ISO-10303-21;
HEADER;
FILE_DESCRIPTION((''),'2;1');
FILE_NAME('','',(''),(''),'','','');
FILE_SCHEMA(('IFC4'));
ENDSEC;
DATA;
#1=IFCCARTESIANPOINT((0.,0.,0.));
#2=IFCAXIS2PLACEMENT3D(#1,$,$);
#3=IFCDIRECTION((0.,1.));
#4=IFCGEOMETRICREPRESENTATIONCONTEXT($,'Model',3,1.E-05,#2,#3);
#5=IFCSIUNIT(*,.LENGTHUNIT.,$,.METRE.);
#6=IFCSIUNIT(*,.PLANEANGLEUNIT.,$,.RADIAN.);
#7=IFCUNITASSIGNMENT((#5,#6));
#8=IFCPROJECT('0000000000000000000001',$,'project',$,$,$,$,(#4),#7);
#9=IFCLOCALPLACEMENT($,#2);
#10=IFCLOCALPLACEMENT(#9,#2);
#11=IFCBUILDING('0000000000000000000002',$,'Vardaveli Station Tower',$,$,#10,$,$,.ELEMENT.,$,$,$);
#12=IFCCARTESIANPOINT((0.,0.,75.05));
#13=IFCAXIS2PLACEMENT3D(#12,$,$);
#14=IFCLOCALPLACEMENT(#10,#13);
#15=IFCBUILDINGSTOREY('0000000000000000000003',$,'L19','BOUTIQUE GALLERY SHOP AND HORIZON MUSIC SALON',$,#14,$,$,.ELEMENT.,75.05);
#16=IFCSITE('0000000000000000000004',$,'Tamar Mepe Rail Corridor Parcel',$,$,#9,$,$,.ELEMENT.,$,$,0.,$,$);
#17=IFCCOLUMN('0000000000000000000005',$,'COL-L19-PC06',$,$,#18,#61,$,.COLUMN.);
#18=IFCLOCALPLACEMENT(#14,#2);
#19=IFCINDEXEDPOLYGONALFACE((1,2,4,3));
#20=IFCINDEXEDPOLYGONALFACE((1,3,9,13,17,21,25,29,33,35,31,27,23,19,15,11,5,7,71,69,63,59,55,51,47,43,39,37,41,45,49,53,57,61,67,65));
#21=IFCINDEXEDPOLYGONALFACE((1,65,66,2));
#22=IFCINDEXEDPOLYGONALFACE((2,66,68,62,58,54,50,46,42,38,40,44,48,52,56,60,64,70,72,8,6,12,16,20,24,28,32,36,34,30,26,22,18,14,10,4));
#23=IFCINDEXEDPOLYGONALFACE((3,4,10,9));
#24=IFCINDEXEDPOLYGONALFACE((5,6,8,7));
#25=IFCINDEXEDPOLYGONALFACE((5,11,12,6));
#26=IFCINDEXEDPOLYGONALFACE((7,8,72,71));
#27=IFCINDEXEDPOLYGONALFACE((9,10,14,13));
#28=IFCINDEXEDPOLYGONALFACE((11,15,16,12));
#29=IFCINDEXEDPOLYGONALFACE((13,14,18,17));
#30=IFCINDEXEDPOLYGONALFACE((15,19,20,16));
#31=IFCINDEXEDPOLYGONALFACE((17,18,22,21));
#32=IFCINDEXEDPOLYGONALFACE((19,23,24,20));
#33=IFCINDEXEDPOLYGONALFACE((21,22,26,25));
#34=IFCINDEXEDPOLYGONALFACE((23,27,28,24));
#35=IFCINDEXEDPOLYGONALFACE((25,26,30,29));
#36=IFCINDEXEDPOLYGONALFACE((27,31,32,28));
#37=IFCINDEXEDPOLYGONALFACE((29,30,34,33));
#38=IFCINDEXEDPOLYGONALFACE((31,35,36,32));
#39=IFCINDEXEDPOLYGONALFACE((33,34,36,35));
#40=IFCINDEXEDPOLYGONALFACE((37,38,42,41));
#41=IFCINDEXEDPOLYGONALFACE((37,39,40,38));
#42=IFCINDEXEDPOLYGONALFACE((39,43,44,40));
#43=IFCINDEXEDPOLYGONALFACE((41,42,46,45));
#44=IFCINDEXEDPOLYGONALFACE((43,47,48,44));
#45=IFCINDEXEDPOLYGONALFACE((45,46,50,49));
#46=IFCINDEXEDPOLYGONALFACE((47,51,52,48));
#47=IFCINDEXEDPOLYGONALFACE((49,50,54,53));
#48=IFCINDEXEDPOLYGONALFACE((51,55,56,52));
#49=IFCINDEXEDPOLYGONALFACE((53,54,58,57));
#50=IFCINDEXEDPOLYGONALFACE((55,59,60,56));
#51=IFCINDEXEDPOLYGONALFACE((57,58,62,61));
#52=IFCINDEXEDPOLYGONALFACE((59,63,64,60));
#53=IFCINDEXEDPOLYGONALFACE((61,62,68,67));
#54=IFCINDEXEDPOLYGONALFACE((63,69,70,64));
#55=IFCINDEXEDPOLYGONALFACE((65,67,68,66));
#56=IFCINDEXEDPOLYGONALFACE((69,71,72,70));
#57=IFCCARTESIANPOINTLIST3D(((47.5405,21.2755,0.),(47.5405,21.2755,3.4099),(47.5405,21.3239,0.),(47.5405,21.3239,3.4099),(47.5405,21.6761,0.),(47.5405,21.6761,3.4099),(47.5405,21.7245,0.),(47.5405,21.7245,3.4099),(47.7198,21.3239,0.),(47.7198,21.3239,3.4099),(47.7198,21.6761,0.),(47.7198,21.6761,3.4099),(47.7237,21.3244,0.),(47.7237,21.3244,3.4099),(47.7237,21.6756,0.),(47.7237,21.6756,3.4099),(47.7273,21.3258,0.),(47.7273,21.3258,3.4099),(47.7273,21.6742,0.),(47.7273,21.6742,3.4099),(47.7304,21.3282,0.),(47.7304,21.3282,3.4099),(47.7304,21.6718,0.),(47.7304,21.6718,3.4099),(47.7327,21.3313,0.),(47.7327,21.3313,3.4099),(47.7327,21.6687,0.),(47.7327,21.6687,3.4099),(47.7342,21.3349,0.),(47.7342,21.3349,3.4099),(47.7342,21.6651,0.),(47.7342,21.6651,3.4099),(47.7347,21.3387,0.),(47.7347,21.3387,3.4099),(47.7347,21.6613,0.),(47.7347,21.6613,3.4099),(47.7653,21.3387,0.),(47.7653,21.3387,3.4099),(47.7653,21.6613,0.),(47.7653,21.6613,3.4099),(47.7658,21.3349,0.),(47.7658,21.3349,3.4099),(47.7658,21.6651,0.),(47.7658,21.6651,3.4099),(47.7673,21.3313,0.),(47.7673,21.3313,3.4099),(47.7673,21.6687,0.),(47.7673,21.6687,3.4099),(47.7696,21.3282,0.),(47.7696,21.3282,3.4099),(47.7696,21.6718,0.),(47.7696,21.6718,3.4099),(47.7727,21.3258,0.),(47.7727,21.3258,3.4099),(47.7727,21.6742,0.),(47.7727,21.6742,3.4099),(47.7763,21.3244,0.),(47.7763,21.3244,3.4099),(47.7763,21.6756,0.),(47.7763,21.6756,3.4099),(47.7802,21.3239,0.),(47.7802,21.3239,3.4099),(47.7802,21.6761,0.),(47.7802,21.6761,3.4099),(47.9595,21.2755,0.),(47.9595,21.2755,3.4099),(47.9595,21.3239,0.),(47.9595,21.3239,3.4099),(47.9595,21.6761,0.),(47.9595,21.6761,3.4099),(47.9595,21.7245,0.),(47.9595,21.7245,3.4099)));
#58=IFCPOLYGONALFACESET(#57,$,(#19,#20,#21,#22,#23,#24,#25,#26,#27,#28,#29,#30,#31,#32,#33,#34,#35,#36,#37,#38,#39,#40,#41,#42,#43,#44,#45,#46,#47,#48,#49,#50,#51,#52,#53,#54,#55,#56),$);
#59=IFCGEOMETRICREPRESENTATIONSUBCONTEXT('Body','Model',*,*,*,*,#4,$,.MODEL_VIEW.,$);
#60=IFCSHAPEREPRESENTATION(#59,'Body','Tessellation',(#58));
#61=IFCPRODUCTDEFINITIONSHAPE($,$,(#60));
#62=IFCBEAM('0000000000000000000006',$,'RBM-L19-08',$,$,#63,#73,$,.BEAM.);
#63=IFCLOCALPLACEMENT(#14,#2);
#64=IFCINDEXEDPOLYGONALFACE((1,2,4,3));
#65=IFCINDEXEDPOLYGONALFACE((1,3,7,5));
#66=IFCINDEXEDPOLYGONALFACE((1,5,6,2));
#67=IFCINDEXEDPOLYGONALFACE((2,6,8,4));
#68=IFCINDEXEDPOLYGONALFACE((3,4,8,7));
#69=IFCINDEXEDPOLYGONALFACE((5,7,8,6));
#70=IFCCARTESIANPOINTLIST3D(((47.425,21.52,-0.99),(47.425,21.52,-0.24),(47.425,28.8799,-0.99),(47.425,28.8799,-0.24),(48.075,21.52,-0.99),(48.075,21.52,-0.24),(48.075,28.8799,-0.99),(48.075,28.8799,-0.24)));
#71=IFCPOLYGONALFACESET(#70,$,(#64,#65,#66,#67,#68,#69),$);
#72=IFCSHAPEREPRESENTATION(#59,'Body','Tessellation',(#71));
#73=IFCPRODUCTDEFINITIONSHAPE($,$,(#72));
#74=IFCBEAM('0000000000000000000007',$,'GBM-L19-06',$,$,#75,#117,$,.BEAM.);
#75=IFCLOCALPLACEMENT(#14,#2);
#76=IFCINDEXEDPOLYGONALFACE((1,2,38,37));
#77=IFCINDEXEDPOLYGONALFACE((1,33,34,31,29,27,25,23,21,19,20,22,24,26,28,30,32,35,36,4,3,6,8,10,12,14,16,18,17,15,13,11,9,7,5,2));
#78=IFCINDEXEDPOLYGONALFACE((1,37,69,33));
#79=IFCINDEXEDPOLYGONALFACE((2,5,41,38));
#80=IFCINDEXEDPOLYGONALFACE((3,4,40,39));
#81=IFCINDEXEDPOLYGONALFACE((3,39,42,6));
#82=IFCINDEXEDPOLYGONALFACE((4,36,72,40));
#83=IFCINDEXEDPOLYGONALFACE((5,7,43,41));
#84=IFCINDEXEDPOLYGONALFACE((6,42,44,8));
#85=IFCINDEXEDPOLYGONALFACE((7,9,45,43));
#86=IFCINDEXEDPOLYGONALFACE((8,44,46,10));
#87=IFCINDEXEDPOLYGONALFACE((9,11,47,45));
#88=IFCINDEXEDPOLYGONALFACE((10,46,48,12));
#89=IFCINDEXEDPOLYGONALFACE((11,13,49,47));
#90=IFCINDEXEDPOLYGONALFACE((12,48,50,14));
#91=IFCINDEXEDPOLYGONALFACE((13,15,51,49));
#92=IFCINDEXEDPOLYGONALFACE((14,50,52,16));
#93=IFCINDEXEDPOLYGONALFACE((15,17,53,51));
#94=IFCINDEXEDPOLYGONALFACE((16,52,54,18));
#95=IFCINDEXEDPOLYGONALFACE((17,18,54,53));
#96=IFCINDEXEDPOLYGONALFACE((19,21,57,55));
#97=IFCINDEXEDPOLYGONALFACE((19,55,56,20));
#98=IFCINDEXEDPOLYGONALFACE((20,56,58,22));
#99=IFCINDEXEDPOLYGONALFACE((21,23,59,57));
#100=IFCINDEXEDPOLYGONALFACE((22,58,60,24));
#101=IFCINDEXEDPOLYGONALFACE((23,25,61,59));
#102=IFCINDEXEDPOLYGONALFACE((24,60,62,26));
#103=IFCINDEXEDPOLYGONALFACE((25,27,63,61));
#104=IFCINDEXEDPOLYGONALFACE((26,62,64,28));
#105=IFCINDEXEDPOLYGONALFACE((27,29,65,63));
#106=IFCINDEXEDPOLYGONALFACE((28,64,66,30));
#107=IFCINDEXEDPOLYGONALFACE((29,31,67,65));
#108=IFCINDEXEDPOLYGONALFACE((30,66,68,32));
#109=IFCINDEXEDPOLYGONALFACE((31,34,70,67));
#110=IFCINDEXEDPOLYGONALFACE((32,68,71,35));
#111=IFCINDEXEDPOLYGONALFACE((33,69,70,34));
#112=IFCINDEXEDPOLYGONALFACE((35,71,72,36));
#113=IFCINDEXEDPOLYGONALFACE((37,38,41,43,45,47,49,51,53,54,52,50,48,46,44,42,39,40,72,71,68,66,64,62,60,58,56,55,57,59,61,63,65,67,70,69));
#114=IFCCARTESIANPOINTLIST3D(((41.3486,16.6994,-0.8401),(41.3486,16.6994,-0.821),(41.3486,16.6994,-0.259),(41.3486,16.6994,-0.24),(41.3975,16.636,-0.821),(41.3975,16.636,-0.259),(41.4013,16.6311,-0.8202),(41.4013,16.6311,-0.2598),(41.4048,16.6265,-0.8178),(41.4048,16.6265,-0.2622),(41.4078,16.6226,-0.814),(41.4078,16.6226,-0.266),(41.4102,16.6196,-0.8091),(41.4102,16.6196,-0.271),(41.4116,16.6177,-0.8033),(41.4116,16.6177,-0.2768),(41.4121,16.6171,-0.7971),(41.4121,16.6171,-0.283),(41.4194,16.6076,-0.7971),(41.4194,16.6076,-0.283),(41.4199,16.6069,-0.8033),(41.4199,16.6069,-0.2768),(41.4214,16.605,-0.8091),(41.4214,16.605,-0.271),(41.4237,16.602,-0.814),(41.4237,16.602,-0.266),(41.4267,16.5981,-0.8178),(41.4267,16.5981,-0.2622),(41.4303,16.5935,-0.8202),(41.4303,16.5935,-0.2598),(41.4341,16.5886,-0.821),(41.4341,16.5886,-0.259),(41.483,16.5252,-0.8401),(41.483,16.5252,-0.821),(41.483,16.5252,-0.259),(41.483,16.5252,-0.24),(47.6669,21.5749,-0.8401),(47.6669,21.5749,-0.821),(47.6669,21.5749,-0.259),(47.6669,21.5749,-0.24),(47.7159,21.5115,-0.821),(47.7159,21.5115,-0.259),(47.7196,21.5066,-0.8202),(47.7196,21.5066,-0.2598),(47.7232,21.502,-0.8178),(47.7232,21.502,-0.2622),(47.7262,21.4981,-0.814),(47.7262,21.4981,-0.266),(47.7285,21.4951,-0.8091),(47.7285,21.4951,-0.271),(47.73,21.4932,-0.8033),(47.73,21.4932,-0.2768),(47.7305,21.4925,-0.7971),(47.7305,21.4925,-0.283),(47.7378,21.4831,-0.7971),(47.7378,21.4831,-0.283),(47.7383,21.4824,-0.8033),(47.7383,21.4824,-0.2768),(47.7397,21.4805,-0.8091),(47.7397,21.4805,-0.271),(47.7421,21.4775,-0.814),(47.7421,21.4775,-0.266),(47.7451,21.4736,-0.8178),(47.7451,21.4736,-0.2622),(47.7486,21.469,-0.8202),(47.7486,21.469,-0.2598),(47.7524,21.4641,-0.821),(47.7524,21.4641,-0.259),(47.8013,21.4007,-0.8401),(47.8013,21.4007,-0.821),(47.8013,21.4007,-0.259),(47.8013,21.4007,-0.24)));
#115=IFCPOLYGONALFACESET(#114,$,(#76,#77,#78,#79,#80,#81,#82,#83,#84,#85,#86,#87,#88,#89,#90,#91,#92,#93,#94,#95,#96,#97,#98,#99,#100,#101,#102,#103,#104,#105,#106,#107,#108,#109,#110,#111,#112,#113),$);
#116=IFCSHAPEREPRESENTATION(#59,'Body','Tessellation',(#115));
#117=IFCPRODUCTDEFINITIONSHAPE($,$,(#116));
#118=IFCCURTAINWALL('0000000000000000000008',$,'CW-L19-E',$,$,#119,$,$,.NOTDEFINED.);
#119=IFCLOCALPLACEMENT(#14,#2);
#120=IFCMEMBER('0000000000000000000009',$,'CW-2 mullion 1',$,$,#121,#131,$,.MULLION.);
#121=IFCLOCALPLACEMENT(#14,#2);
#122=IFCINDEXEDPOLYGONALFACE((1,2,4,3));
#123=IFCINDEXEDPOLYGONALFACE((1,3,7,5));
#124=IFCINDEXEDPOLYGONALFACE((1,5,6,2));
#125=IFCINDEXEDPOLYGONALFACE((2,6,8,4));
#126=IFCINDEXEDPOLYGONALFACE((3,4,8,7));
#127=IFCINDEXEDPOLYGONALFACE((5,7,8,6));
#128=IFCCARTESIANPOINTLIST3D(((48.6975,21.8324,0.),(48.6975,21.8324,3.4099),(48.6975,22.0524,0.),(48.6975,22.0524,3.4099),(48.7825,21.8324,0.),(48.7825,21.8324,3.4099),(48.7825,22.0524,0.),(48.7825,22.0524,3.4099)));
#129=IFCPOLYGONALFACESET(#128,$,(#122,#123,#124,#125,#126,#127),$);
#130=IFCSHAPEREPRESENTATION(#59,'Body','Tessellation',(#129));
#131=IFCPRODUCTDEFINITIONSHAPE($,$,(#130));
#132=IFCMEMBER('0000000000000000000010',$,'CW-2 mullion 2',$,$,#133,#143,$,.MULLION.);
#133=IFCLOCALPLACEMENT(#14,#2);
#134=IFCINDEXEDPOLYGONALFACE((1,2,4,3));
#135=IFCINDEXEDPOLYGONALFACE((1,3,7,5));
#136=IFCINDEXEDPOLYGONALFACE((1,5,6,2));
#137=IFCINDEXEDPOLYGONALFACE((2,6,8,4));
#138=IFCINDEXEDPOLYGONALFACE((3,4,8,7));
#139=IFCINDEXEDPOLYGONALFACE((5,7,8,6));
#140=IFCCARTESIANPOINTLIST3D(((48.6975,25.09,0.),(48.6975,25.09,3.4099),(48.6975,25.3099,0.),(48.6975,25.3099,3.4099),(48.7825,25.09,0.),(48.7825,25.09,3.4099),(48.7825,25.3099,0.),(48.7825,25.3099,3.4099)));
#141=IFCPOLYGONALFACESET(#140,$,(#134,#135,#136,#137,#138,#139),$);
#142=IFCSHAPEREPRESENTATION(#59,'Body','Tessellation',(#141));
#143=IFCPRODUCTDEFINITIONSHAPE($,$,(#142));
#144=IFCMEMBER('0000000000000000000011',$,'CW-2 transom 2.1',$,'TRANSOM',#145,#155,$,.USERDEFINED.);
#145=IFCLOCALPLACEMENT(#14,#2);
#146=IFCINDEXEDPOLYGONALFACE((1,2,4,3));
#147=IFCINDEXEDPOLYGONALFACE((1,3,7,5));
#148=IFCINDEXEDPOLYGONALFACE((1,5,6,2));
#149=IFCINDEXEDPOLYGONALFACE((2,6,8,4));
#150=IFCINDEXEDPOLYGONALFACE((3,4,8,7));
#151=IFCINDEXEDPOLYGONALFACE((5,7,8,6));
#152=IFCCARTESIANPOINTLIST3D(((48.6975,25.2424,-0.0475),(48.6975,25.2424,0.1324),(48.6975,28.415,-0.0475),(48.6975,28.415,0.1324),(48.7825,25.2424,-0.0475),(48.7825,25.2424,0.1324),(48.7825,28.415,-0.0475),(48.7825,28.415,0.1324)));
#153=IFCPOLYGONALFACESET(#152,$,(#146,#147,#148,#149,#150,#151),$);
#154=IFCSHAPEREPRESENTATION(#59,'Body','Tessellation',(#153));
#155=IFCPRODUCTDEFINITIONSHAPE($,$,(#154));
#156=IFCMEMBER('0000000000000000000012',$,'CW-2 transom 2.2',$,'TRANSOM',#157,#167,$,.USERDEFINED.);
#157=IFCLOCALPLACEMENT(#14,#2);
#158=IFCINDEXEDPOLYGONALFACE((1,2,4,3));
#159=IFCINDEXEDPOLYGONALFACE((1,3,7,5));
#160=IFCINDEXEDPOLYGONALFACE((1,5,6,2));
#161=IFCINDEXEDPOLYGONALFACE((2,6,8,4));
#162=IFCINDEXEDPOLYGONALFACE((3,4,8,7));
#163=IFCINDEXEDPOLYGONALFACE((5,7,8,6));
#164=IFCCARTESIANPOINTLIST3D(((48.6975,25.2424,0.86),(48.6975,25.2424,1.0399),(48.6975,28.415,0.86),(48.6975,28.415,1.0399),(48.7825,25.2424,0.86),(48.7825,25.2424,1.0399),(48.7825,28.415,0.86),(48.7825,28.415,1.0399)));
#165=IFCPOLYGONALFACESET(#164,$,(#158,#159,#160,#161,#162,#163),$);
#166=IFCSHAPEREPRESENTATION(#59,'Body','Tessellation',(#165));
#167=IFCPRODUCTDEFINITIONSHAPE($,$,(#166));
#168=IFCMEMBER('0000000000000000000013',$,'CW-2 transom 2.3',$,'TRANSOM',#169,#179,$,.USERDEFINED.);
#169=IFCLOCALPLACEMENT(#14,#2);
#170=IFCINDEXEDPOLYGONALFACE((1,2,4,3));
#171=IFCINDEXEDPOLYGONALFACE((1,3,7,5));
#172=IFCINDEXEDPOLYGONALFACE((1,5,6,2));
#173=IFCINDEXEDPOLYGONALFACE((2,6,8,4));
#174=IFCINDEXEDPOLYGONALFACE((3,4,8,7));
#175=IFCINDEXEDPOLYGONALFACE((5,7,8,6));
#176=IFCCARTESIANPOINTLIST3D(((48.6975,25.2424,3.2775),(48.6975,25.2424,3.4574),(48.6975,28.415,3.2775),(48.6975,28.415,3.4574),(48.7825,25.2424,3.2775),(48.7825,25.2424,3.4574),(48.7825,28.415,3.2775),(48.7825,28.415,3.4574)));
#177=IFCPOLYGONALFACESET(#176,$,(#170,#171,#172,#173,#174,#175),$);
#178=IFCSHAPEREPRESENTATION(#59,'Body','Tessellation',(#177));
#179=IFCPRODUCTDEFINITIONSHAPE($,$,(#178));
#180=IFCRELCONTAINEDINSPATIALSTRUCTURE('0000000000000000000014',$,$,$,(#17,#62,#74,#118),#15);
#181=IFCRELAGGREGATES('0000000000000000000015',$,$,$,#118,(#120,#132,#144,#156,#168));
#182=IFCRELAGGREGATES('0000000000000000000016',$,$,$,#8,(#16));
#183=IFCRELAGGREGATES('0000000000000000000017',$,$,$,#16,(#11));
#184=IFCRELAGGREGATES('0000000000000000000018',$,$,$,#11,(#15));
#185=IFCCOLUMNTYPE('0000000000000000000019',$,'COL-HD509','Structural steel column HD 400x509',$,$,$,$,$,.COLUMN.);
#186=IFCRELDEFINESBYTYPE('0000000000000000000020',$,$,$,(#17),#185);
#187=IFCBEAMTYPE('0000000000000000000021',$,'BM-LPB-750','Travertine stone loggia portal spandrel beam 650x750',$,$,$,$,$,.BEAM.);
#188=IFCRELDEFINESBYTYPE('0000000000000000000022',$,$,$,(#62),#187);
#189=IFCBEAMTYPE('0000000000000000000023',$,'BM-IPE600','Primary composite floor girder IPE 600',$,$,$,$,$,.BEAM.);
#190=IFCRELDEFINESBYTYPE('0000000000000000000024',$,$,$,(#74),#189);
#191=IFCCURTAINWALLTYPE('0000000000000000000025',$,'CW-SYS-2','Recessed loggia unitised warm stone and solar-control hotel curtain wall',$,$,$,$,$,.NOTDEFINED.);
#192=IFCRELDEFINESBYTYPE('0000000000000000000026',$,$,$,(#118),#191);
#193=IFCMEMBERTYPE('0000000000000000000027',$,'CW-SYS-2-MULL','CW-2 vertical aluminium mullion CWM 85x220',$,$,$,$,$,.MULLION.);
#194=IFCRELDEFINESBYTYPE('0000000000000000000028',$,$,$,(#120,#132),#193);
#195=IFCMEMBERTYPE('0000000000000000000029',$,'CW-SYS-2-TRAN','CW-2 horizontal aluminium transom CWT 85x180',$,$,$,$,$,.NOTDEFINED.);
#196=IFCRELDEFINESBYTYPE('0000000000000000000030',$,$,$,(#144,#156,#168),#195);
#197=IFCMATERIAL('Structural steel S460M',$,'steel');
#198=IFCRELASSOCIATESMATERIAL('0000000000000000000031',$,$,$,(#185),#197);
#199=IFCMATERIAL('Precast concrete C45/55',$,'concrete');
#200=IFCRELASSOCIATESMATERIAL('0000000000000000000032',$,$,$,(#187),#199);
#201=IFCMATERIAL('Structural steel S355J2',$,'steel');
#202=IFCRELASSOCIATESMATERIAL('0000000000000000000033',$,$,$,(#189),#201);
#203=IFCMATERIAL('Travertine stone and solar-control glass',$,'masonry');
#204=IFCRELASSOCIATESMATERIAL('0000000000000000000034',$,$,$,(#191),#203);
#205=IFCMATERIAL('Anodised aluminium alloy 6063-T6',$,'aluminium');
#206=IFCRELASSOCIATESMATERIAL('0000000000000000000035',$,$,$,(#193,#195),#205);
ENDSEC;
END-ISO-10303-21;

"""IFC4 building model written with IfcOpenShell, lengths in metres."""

from ifc_helpers import new_model, si_unit, direction, frame, origin, origin_2d, place, context, subcontext, project, spatial, rectangle, i_section, extrude, source, transform, mapped, material, material_profile, profile_set, type_object, element, aggregate, save


model = new_model("IFC4")

# Units and contexts
model_context = context("Model", 3, precision=1e-05, world=origin(), true_north=direction((0.0, 1.0)))
body_context = subcontext(model_context, "Body", "Model", "MODEL_VIEW")
ifc_project = project(units=[si_unit("LENGTHUNIT", "METRE"), si_unit("PLANEANGLEUNIT", "RADIAN")], contexts=[model_context])

# Site, building, storey
site_placement = place(None, origin())
site = spatial("IfcSite", under=ifc_project, at=site_placement, Name="Tamar Mepe Rail Corridor Parcel", CompositionType="ELEMENT", RefElevation=0.0)
building_placement = place(site_placement, origin())
building = spatial("IfcBuilding", under=site, at=building_placement, Name="Vardaveli Station Tower", CompositionType="ELEMENT")
storey_placement = place(building_placement, frame((0.0, 0.0, 75.05)))
storey = spatial("IfcBuildingStorey", under=building, at=storey_placement, Name="L19", Description="BOUTIQUE GALLERY SHOP AND HORIZON MUSIC SALON", CompositionType="ELEMENT", Elevation=75.05)

# Column
ifc_material_1 = material(Name="Structural steel S460M", Category="steel")
ifc_material_profile_1 = material_profile(ifc_material_1, i_section(OverallWidth=0.4189, OverallDepth=0.449, WebThickness=0.0305, FlangeThickness=0.0483, FilletRadius=0.0149, at=origin_2d()), Name="HD 400x509")
ifc_profile_set_1 = profile_set([ifc_material_profile_1], Name="Structural steel S460M")
column_type = type_object("IfcColumnType", Name="COL-HD509", Description="Structural steel column HD 400x509", PredefinedType="COLUMN", material=ifc_profile_set_1)
shared_shape_1 = source(origin(), body_context, "Body", "SweptSolid", [
    extrude(i_section(OverallWidth=0.4189, OverallDepth=0.449, WebThickness=0.0305, FlangeThickness=0.0483, FilletRadius=0.0149, at=origin_2d()), origin(), (0.0, 0.0, 1.0), 3.4099),
])
column_placement = place(storey_placement, frame((47.75, 21.5, 0.0), z_axis=(0.0, 0.0, 1.0), x_axis=(1.0, 0.0, 0.0)))
element("IfcColumn", 1, at=column_placement, inside=storey, type_object=column_type, Name="COL-L19-PC06", PredefinedType="COLUMN", context=body_context, shape_type="MappedRepresentation", body=[
    mapped(shared_shape_1, transform((0.0, 0.0, 0.0), scale=1.0)),
])

# Beams
ifc_material_2 = material(Name="Precast concrete C45/55", Category="concrete")
ifc_material_profile_2 = material_profile(ifc_material_2, rectangle(XDim=0.6499, YDim=0.75, at=origin_2d()), Name="LPB 650x750")
ifc_profile_set_2 = profile_set([ifc_material_profile_2], Name="Precast concrete C45/55")
beam_type_1 = type_object("IfcBeamType", Name="BM-LPB-750", Description="Travertine stone loggia portal spandrel beam 650x750", PredefinedType="BEAM", material=ifc_profile_set_2)
shared_shape_2 = source(origin(), body_context, "Body", "SweptSolid", [
    extrude(rectangle(XDim=0.6499, YDim=0.75, at=origin_2d()), origin(), (0.0, 0.0, 1.0), 7.3599),
])
beam_1_placement = place(storey_placement, frame((47.75, 21.52, -0.615), z_axis=(0.0, 1.0, 0.0), x_axis=(-1.0, 0.0, 0.0)))
element("IfcBeam", 2, at=beam_1_placement, inside=storey, type_object=beam_type_1, Name="RBM-L19-08", PredefinedType="BEAM", context=body_context, shape_type="MappedRepresentation", body=[
    mapped(shared_shape_2, transform((0.0, 0.0, 0.0), scale=1.0)),
])
ifc_material_3 = material(Name="Structural steel S355J2", Category="steel")
ifc_material_profile_3 = material_profile(ifc_material_3, i_section(OverallWidth=0.22, OverallDepth=0.6001, WebThickness=0.012, FlangeThickness=0.019, FilletRadius=0.0239, at=origin_2d()), Name="IPE 600")
ifc_profile_set_3 = profile_set([ifc_material_profile_3], Name="Structural steel S355J2")
beam_type_2 = type_object("IfcBeamType", Name="BM-IPE600", Description="Primary composite floor girder IPE 600", PredefinedType="BEAM", material=ifc_profile_set_3)
shared_shape_3 = source(origin(), body_context, "Body", "SweptSolid", [
    extrude(i_section(OverallWidth=0.22, OverallDepth=0.6001, WebThickness=0.012, FlangeThickness=0.019, FilletRadius=0.0239, at=origin_2d()), origin(), (0.0, 0.0, 1.0), 7.9807),
])
beam_2_placement = place(storey_placement, frame((47.7341, 21.4878, -0.54), z_axis=(-0.791702, -0.610908, 0.0), x_axis=(0.610908, -0.791702, 0.0)))
element("IfcBeam", 3, at=beam_2_placement, inside=storey, type_object=beam_type_2, Name="GBM-L19-06", PredefinedType="BEAM", context=body_context, shape_type="MappedRepresentation", body=[
    mapped(shared_shape_3, transform((0.0, 0.0, 0.0), scale=1.0)),
])

# Curtain wall, members
ifc_material_4 = material(Name="Travertine stone and solar-control glass", Category="masonry")
curtain_wall_type = type_object("IfcCurtainWallType", Name="CW-SYS-2", Description="Recessed loggia unitised warm stone and solar-control hotel curtain wall", PredefinedType="NOTDEFINED", material=ifc_material_4)
curtain_wall_placement = place(storey_placement, origin())
curtain_wall = element("IfcCurtainWall", 4, at=curtain_wall_placement, inside=storey, type_object=curtain_wall_type, Name="CW-L19-E", PredefinedType="NOTDEFINED")
ifc_material_5 = material(Name="Anodised aluminium alloy 6063-T6", Category="aluminium")
ifc_material_profile_4 = material_profile(ifc_material_5, rectangle(XDim=0.085, YDim=0.22, at=origin_2d()), Name="CWM 85x220")
ifc_profile_set_4 = profile_set([ifc_material_profile_4], Name="Anodised aluminium alloy 6063-T6")
member_type_1 = type_object("IfcMemberType", Name="CW-SYS-2-MULL", Description="CW-2 vertical aluminium mullion CWM 85x220", PredefinedType="MULLION", material=ifc_profile_set_4)
shared_shape_4 = source(origin(), body_context, "Body", "SweptSolid", [
    extrude(rectangle(XDim=0.085, YDim=0.22, at=origin_2d()), origin(), (0.0, 0.0, 1.0), 3.4099),
])
member_1_placement = place(storey_placement, frame((48.74, 21.9424, 0.0), z_axis=(0.0, 0.0, 1.0), x_axis=(-1.0, 0.0, 0.0)))
member_1 = element("IfcMember", 5, at=member_1_placement, type_object=member_type_1, Name="CW-2 mullion 1", PredefinedType="MULLION", context=body_context, shape_type="MappedRepresentation", body=[
    mapped(shared_shape_4, transform((0.0, 0.0, 0.0), scale=1.0)),
])
member_2_placement = place(storey_placement, frame((48.74, 25.2, 0.0), z_axis=(0.0, 0.0, 1.0), x_axis=(-1.0, 0.0, 0.0)))
member_2 = element("IfcMember", 6, at=member_2_placement, type_object=member_type_1, Name="CW-2 mullion 2", PredefinedType="MULLION", context=body_context, shape_type="MappedRepresentation", body=[
    mapped(shared_shape_4, transform((0.0, 0.0, 0.0), scale=1.0)),
])
ifc_material_profile_5 = material_profile(ifc_material_5, rectangle(XDim=0.085, YDim=0.1799, at=origin_2d()), Name="CWT 85x180")
ifc_profile_set_5 = profile_set([ifc_material_profile_5], Name="Anodised aluminium alloy 6063-T6")
member_type_2 = type_object("IfcMemberType", Name="CW-SYS-2-TRAN", Description="CW-2 horizontal aluminium transom CWT 85x180", PredefinedType="NOTDEFINED", material=ifc_profile_set_5)
shared_shape_5 = source(origin(), body_context, "Body", "SweptSolid", [
    extrude(rectangle(XDim=0.085, YDim=0.1799, at=origin_2d()), origin(), (0.0, 0.0, 1.0), 3.1726),
])
member_3_placement = place(storey_placement, frame((48.74, 25.2424, 0.0425), z_axis=(0.0, 1.0, 0.0), x_axis=(-1.0, 0.0, 0.0)))
member_3 = element("IfcMember", 7, at=member_3_placement, type_object=member_type_2, Name="CW-2 transom 2.1", ObjectType="TRANSOM", PredefinedType="USERDEFINED", context=body_context, shape_type="MappedRepresentation", body=[
    mapped(shared_shape_5, transform((0.0, 0.0, 0.0), scale=1.0)),
])
member_4_placement = place(storey_placement, frame((48.74, 25.2424, 0.95), z_axis=(0.0, 1.0, 0.0), x_axis=(-1.0, 0.0, 0.0)))
member_4 = element("IfcMember", 8, at=member_4_placement, type_object=member_type_2, Name="CW-2 transom 2.2", ObjectType="TRANSOM", PredefinedType="USERDEFINED", context=body_context, shape_type="MappedRepresentation", body=[
    mapped(shared_shape_5, transform((0.0, 0.0, 0.0), scale=1.0)),
])
member_5_placement = place(storey_placement, frame((48.74, 25.2424, 3.3674), z_axis=(0.0, 1.0, 0.0), x_axis=(-1.0, 0.0, 0.0)))
member_5 = element("IfcMember", 9, at=member_5_placement, type_object=member_type_2, Name="CW-2 transom 2.3", ObjectType="TRANSOM", PredefinedType="USERDEFINED", context=body_context, shape_type="MappedRepresentation", body=[
    mapped(shared_shape_5, transform((0.0, 0.0, 0.0), scale=1.0)),
])
aggregate(curtain_wall, [member_1, member_2, member_3, member_4, member_5])

save(model, "model.ifc")
